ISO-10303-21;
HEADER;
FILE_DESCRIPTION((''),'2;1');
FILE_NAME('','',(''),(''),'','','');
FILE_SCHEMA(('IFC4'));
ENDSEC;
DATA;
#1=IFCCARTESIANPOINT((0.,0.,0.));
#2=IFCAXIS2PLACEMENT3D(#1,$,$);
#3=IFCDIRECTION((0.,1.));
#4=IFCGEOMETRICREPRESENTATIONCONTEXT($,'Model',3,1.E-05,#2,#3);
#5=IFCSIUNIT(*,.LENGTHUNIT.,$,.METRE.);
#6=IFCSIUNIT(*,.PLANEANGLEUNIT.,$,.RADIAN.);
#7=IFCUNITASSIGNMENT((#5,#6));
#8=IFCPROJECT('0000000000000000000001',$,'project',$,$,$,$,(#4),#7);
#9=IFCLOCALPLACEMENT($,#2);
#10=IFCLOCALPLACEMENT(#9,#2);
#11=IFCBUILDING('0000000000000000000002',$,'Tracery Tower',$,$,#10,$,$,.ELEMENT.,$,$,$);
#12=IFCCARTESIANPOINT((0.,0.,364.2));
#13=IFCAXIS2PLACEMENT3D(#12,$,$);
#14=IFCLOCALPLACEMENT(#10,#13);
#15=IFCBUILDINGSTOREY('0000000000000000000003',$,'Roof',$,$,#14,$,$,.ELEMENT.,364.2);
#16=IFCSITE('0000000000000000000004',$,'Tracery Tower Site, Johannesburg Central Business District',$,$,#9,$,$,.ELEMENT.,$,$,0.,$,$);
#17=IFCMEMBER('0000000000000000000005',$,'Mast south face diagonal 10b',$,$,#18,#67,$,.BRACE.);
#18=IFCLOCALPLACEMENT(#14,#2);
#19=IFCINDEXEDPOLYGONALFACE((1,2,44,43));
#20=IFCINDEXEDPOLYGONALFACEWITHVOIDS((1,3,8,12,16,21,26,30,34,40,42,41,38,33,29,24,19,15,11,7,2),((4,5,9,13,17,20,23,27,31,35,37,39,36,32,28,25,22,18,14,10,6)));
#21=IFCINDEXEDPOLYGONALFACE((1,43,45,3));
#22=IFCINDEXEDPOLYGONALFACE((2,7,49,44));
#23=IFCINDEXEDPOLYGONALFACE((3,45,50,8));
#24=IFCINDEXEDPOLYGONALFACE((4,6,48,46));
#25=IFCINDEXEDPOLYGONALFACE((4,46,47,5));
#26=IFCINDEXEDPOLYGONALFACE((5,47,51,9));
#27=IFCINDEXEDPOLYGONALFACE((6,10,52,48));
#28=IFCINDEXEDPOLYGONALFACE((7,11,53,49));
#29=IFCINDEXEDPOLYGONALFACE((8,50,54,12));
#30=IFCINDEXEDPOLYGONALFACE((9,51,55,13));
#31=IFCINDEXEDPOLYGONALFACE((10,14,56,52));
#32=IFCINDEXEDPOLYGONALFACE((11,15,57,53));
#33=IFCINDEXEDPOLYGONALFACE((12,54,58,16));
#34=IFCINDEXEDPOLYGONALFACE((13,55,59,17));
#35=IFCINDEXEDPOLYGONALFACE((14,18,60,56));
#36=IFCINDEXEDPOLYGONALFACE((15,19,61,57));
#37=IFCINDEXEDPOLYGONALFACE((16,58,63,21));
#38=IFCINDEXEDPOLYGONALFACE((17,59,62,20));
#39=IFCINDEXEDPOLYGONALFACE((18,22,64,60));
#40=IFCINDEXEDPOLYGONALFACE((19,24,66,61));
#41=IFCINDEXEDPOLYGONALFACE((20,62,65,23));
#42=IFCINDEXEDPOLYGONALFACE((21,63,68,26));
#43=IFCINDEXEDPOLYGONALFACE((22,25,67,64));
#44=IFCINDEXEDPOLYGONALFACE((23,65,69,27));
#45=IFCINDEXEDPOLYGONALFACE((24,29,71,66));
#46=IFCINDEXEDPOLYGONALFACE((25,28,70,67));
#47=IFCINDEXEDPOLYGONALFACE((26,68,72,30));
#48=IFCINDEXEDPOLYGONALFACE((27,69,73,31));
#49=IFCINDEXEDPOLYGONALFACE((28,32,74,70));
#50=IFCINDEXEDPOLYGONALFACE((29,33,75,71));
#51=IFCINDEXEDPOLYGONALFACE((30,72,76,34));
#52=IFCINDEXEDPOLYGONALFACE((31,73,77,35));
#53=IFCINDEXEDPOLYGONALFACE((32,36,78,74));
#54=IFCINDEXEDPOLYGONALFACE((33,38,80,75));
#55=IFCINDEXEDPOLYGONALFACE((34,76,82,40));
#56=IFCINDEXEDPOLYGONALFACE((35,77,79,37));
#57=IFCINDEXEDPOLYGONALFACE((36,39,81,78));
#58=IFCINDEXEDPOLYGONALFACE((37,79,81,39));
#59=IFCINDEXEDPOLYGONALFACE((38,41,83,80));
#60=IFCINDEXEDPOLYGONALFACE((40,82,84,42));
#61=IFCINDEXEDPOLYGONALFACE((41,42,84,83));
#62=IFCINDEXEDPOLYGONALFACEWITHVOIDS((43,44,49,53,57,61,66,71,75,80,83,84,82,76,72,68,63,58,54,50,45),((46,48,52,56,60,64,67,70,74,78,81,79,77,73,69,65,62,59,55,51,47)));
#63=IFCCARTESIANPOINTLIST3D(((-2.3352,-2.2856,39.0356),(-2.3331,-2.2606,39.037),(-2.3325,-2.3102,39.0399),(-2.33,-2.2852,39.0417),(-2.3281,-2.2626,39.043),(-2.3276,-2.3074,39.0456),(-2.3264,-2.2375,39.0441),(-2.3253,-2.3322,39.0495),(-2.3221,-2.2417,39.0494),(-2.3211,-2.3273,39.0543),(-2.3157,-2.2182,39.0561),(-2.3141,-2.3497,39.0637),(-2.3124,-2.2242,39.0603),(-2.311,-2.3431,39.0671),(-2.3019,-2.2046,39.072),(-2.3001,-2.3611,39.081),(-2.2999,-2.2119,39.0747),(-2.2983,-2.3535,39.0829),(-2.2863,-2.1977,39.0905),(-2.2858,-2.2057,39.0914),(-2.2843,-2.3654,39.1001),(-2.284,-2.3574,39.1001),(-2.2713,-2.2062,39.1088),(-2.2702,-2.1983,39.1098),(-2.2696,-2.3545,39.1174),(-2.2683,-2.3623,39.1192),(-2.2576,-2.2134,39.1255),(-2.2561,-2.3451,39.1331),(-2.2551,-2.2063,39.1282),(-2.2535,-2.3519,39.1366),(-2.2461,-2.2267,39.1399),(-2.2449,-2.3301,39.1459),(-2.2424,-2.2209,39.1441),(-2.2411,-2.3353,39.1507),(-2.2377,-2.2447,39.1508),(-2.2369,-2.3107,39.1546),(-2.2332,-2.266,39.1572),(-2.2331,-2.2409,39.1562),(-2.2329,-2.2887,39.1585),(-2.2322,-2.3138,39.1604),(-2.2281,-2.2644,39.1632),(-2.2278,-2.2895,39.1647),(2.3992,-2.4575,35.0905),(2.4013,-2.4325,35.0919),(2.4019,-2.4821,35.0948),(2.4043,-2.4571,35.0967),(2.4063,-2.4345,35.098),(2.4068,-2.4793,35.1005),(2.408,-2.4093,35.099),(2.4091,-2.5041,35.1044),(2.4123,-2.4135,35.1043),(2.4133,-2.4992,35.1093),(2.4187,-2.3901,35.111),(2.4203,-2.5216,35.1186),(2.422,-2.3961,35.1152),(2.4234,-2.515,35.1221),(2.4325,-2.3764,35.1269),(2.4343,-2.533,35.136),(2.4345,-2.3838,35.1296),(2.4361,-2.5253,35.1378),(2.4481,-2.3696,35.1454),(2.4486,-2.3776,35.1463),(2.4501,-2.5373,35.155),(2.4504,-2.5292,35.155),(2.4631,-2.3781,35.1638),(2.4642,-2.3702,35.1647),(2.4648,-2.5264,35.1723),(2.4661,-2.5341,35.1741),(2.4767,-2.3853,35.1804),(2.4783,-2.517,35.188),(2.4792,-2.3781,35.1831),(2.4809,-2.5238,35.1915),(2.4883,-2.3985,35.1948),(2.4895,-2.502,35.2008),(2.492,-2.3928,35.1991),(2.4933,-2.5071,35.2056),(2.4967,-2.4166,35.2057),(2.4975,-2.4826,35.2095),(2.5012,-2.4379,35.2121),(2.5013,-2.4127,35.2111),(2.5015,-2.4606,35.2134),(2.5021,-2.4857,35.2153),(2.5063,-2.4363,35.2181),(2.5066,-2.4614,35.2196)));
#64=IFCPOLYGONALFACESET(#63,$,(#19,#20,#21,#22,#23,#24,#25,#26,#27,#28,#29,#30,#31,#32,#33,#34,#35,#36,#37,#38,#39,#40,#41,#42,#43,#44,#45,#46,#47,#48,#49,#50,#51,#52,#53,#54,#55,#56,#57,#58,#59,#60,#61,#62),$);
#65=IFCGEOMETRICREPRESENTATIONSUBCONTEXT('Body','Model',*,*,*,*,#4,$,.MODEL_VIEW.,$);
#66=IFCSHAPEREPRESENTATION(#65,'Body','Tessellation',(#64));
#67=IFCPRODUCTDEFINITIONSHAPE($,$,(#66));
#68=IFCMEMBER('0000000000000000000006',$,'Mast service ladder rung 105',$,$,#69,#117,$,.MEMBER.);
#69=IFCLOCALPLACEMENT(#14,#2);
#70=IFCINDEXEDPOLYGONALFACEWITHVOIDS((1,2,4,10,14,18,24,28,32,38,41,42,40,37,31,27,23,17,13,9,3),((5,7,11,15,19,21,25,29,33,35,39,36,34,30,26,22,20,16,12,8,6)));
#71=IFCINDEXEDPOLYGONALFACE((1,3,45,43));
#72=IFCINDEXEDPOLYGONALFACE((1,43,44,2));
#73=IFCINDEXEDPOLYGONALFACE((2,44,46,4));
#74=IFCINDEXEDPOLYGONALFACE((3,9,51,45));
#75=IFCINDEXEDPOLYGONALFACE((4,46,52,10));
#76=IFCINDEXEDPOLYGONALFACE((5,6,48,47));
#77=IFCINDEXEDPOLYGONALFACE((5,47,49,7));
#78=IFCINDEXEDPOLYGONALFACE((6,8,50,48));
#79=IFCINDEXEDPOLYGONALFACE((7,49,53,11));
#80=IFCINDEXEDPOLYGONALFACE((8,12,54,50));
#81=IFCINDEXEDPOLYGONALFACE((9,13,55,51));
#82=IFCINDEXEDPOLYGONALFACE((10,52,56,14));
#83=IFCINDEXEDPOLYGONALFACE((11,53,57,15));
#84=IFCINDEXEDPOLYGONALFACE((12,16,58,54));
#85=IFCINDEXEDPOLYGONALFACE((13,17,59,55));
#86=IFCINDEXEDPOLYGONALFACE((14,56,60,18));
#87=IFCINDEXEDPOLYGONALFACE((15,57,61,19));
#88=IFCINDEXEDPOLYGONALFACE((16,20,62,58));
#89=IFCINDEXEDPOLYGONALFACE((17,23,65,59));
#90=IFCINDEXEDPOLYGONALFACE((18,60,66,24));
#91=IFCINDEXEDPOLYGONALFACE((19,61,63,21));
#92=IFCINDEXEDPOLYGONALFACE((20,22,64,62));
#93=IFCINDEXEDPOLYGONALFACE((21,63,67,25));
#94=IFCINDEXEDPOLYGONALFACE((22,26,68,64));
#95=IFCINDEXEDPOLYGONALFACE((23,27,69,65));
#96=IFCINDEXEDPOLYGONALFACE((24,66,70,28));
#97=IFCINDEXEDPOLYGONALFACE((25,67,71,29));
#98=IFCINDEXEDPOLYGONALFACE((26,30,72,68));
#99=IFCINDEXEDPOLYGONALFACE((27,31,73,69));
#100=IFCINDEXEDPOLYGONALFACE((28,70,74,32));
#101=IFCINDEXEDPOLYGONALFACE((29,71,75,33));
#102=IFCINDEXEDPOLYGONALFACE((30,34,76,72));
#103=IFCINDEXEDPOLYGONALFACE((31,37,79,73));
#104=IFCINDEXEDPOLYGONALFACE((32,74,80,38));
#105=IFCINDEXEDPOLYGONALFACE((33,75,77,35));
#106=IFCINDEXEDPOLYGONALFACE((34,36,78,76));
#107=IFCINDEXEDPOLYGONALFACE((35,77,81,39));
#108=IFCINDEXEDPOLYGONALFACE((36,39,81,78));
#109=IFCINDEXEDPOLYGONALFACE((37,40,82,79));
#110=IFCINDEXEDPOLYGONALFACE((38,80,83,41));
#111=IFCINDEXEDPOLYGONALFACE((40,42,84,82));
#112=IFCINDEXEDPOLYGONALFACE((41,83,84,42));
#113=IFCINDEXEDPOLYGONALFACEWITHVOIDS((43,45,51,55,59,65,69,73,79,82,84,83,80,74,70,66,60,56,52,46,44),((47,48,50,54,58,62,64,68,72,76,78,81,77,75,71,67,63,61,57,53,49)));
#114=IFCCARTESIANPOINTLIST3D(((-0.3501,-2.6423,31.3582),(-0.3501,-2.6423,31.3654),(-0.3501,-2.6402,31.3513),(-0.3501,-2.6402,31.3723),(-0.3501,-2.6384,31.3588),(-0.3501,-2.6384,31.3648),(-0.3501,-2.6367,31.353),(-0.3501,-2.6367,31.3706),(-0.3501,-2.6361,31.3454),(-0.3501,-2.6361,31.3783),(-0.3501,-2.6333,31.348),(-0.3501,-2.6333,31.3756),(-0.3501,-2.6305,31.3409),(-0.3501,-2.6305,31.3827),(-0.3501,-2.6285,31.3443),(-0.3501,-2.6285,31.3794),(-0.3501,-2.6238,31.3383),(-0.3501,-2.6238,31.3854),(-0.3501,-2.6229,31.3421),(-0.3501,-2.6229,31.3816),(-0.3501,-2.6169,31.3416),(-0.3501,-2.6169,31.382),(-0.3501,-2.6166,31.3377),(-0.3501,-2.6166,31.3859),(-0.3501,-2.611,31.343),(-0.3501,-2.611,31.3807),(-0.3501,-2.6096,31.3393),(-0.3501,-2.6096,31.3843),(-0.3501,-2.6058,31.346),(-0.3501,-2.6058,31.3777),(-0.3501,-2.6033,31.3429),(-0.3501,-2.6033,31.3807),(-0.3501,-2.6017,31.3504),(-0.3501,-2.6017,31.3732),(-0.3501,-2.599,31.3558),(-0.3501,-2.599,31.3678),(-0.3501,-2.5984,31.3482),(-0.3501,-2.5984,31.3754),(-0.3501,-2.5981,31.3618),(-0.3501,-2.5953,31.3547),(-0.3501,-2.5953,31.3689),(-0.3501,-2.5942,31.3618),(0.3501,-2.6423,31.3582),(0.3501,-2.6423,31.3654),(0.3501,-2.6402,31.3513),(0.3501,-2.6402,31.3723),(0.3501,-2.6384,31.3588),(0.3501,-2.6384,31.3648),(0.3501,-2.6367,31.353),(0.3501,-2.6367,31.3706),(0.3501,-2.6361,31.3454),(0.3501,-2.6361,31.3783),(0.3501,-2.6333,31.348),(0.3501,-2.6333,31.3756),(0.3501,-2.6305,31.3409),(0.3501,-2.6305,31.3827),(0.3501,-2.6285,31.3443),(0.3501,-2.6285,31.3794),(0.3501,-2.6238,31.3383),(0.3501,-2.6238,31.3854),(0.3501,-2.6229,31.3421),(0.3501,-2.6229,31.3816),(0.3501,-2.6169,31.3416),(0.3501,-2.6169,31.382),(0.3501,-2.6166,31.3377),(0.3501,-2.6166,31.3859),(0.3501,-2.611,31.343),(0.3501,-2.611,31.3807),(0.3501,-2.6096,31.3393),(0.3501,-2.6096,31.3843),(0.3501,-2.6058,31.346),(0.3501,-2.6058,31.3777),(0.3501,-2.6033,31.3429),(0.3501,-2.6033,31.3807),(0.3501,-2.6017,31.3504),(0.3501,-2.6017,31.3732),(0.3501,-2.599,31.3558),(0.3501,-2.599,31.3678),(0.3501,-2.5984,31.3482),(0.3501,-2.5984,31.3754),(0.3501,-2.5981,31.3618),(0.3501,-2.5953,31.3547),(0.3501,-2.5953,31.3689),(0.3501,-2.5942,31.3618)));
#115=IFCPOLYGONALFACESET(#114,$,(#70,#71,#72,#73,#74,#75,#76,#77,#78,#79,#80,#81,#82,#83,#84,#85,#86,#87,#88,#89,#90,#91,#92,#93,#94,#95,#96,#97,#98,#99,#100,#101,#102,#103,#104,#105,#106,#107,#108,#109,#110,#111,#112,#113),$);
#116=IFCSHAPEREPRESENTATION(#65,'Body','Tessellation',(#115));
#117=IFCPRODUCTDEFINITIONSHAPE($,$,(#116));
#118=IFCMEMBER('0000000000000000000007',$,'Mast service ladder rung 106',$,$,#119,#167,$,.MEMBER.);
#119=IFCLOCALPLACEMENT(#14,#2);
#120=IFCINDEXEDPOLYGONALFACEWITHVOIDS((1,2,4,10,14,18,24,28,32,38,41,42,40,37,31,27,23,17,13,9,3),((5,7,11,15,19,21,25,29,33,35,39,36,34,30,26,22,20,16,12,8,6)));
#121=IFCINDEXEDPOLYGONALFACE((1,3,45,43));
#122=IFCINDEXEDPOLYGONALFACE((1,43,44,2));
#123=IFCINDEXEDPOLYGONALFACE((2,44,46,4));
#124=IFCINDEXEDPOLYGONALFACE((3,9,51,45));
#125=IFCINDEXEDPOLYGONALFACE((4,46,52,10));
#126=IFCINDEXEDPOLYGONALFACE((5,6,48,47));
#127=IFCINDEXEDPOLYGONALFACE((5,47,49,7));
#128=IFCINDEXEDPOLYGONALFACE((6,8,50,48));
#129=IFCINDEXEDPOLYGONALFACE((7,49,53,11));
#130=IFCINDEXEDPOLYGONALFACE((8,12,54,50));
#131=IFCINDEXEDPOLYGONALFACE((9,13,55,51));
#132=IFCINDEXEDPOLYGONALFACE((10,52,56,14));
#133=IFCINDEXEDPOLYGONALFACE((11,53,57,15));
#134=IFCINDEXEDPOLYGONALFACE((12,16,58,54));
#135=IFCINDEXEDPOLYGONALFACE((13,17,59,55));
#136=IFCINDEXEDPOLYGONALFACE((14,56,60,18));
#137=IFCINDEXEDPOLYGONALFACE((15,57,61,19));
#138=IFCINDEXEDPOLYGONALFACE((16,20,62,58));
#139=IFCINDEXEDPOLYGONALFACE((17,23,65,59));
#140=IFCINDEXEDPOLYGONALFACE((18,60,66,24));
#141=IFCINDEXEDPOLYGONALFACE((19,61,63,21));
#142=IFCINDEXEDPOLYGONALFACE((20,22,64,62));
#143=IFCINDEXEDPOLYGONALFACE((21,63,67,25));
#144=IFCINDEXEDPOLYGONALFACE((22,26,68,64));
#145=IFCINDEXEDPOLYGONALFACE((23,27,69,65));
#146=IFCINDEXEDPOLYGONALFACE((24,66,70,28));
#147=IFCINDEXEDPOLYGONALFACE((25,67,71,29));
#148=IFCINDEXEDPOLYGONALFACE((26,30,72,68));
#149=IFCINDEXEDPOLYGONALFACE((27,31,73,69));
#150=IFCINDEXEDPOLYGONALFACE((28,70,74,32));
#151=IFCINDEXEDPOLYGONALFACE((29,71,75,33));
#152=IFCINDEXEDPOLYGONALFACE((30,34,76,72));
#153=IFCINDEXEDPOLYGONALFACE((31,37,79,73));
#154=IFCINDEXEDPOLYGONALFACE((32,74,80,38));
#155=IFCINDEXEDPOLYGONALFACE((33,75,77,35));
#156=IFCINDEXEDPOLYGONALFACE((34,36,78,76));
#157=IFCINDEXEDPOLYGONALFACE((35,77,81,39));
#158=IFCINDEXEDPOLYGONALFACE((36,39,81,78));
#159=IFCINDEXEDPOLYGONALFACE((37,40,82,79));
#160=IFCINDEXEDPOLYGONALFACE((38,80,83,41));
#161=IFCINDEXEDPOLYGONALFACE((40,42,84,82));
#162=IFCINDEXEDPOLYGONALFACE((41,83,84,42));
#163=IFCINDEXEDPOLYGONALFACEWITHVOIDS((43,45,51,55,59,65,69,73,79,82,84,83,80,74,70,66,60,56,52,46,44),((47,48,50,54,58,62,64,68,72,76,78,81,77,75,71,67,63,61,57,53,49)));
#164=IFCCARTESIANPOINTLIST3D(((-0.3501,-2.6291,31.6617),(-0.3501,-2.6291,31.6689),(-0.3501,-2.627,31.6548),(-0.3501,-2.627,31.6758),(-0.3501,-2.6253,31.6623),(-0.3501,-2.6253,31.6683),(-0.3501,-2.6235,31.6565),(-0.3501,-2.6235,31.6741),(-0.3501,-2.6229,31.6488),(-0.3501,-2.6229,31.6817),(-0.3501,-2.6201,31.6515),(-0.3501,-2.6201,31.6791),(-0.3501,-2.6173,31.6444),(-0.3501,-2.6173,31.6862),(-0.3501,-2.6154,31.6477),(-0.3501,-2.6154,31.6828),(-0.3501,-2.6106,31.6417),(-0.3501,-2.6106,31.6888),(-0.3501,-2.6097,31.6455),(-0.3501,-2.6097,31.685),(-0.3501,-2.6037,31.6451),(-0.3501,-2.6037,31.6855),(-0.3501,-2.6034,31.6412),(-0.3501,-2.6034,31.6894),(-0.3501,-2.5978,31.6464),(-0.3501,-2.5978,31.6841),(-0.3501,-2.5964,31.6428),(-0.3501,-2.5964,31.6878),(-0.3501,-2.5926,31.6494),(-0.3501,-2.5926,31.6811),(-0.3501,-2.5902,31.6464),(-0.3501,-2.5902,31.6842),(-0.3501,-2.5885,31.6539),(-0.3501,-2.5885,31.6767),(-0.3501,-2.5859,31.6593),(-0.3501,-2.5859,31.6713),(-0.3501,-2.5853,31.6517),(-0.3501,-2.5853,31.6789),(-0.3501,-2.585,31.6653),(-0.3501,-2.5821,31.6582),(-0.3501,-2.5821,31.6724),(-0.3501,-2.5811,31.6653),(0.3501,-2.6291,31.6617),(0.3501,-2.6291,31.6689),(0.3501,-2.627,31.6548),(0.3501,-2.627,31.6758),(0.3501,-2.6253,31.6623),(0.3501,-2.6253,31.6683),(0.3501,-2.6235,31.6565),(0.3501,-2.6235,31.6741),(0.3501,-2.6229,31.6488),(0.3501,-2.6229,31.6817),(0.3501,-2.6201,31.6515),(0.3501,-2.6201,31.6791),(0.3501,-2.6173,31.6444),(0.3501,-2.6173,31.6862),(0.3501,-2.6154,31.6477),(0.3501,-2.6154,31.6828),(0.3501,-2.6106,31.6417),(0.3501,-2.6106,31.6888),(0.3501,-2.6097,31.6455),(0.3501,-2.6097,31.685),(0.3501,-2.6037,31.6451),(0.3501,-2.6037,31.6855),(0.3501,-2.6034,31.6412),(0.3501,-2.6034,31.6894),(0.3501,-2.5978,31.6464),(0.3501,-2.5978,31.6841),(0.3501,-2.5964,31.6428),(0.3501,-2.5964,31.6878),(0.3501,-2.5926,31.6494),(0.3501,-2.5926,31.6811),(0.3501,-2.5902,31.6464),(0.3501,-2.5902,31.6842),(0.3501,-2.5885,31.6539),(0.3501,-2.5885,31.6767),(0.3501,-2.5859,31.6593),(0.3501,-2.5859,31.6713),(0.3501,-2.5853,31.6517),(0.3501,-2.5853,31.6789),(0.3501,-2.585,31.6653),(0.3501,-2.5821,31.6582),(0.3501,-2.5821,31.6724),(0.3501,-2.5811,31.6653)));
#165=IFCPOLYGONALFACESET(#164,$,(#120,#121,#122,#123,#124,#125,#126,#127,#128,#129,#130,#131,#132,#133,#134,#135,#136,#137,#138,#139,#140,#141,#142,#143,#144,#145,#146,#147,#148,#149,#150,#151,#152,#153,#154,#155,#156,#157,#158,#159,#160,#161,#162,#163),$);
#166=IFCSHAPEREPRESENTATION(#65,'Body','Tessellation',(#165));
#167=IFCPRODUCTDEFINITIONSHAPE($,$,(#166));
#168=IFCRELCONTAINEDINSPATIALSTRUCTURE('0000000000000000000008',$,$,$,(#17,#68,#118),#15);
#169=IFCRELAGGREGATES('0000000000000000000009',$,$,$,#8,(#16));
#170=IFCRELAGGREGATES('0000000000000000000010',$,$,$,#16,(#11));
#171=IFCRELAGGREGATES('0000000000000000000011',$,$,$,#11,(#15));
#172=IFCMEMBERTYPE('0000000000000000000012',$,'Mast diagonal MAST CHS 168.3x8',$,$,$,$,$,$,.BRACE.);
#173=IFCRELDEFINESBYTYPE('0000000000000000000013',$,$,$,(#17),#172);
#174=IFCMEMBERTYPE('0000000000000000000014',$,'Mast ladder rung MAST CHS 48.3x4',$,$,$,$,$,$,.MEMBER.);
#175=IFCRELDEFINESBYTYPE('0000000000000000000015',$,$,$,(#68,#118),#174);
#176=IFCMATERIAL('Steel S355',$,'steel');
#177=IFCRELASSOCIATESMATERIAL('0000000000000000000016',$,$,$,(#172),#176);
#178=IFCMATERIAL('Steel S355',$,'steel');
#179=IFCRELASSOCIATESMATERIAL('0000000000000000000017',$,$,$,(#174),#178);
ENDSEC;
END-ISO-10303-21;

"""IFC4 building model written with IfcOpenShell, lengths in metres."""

from ifc_helpers import new_model, si_unit, direction, frame, origin, origin_2d, place, context, subcontext, project, spatial, hollow_circle, extrude, material, material_profile, profile_set, type_object, element, save


model = new_model("IFC4")

# Units and contexts
model_context = context("Model", 3, precision=1e-05, world=origin(), true_north=direction((0.0, 1.0)))
body_context = subcontext(model_context, "Body", "Model", "MODEL_VIEW")
ifc_project = project(units=[si_unit("LENGTHUNIT", "METRE"), si_unit("PLANEANGLEUNIT", "RADIAN")], contexts=[model_context])

# Site, building, storey
site_placement = place(None, origin())
site = spatial("IfcSite", under=ifc_project, at=site_placement, Name="Tracery Tower Site, Johannesburg Central Business District", CompositionType="ELEMENT", RefElevation=0.0)
building_placement = place(site_placement, origin())
building = spatial("IfcBuilding", under=site, at=building_placement, Name="Tracery Tower", CompositionType="ELEMENT")
storey_placement = place(building_placement, frame((0.0, 0.0, 364.2)))
storey = spatial("IfcBuildingStorey", under=building, at=storey_placement, Name="Roof", CompositionType="ELEMENT", Elevation=364.2)

# Members
ifc_material_1 = material(Name="Steel S355", Category="steel")
ifc_material_profile_1 = material_profile(ifc_material_1, hollow_circle(Radius=0.0842, WallThickness=0.0081, at=origin_2d()), Name="CHS 168.3x8")
ifc_profile_set_1 = profile_set([ifc_material_profile_1], Name="Steel S355")
member_type_1 = type_object("IfcMemberType", Name="Mast diagonal MAST CHS 168.3x8", PredefinedType="BRACE", material=ifc_profile_set_1)
for number, where, z_axis, x_axis, name in (
    (1, (2.4531, -2.4531, 35.155), (-0.767942, 0.027879, 0.639912), (-0.03628, -0.999342, 0.0), "Mast south face diagonal 10b"),
):
    element("IfcMember", number, at=place(storey_placement, frame(where, z_axis=z_axis, x_axis=x_axis)), inside=storey, type_object=member_type_1, Name=name, PredefinedType="BRACE", context=body_context, shape_type="SweptSolid", body=[
        extrude(hollow_circle(Radius=0.0842, WallThickness=0.0081, at=origin_2d()), origin(), (0.0, 0.0, 1.0), 6.165),
    ])
ifc_material_2 = material(Name="Steel S355", Category="steel")
ifc_material_profile_2 = material_profile(ifc_material_2, hollow_circle(Radius=0.0242, WallThickness=0.0039, at=origin_2d()), Name="CHS 48.3x4")
ifc_profile_set_2 = profile_set([ifc_material_profile_2], Name="Steel S355")
member_type_2 = type_object("IfcMemberType", Name="Mast ladder rung MAST CHS 48.3x4", PredefinedType="MEMBER", material=ifc_profile_set_2)
for number, where, z_axis, x_axis, name in (
    (2, (-0.3501, -2.6184, 31.3618), (1.0, 0.0, 0.0), (0.0, 1.0, 0.0), "Mast service ladder rung 105"),
    (3, (-0.3501, -2.6052, 31.6653), (1.0, 0.0, 0.0), (0.0, 1.0, 0.0), "Mast service ladder rung 106"),
):
    element("IfcMember", number, at=place(storey_placement, frame(where, z_axis=z_axis, x_axis=x_axis)), inside=storey, type_object=member_type_2, Name=name, PredefinedType="MEMBER", context=body_context, shape_type="SweptSolid", body=[
        extrude(hollow_circle(Radius=0.0242, WallThickness=0.0039, at=origin_2d()), origin(), (0.0, 0.0, 1.0), 0.7002),
    ])

save(model, "model.ifc")
